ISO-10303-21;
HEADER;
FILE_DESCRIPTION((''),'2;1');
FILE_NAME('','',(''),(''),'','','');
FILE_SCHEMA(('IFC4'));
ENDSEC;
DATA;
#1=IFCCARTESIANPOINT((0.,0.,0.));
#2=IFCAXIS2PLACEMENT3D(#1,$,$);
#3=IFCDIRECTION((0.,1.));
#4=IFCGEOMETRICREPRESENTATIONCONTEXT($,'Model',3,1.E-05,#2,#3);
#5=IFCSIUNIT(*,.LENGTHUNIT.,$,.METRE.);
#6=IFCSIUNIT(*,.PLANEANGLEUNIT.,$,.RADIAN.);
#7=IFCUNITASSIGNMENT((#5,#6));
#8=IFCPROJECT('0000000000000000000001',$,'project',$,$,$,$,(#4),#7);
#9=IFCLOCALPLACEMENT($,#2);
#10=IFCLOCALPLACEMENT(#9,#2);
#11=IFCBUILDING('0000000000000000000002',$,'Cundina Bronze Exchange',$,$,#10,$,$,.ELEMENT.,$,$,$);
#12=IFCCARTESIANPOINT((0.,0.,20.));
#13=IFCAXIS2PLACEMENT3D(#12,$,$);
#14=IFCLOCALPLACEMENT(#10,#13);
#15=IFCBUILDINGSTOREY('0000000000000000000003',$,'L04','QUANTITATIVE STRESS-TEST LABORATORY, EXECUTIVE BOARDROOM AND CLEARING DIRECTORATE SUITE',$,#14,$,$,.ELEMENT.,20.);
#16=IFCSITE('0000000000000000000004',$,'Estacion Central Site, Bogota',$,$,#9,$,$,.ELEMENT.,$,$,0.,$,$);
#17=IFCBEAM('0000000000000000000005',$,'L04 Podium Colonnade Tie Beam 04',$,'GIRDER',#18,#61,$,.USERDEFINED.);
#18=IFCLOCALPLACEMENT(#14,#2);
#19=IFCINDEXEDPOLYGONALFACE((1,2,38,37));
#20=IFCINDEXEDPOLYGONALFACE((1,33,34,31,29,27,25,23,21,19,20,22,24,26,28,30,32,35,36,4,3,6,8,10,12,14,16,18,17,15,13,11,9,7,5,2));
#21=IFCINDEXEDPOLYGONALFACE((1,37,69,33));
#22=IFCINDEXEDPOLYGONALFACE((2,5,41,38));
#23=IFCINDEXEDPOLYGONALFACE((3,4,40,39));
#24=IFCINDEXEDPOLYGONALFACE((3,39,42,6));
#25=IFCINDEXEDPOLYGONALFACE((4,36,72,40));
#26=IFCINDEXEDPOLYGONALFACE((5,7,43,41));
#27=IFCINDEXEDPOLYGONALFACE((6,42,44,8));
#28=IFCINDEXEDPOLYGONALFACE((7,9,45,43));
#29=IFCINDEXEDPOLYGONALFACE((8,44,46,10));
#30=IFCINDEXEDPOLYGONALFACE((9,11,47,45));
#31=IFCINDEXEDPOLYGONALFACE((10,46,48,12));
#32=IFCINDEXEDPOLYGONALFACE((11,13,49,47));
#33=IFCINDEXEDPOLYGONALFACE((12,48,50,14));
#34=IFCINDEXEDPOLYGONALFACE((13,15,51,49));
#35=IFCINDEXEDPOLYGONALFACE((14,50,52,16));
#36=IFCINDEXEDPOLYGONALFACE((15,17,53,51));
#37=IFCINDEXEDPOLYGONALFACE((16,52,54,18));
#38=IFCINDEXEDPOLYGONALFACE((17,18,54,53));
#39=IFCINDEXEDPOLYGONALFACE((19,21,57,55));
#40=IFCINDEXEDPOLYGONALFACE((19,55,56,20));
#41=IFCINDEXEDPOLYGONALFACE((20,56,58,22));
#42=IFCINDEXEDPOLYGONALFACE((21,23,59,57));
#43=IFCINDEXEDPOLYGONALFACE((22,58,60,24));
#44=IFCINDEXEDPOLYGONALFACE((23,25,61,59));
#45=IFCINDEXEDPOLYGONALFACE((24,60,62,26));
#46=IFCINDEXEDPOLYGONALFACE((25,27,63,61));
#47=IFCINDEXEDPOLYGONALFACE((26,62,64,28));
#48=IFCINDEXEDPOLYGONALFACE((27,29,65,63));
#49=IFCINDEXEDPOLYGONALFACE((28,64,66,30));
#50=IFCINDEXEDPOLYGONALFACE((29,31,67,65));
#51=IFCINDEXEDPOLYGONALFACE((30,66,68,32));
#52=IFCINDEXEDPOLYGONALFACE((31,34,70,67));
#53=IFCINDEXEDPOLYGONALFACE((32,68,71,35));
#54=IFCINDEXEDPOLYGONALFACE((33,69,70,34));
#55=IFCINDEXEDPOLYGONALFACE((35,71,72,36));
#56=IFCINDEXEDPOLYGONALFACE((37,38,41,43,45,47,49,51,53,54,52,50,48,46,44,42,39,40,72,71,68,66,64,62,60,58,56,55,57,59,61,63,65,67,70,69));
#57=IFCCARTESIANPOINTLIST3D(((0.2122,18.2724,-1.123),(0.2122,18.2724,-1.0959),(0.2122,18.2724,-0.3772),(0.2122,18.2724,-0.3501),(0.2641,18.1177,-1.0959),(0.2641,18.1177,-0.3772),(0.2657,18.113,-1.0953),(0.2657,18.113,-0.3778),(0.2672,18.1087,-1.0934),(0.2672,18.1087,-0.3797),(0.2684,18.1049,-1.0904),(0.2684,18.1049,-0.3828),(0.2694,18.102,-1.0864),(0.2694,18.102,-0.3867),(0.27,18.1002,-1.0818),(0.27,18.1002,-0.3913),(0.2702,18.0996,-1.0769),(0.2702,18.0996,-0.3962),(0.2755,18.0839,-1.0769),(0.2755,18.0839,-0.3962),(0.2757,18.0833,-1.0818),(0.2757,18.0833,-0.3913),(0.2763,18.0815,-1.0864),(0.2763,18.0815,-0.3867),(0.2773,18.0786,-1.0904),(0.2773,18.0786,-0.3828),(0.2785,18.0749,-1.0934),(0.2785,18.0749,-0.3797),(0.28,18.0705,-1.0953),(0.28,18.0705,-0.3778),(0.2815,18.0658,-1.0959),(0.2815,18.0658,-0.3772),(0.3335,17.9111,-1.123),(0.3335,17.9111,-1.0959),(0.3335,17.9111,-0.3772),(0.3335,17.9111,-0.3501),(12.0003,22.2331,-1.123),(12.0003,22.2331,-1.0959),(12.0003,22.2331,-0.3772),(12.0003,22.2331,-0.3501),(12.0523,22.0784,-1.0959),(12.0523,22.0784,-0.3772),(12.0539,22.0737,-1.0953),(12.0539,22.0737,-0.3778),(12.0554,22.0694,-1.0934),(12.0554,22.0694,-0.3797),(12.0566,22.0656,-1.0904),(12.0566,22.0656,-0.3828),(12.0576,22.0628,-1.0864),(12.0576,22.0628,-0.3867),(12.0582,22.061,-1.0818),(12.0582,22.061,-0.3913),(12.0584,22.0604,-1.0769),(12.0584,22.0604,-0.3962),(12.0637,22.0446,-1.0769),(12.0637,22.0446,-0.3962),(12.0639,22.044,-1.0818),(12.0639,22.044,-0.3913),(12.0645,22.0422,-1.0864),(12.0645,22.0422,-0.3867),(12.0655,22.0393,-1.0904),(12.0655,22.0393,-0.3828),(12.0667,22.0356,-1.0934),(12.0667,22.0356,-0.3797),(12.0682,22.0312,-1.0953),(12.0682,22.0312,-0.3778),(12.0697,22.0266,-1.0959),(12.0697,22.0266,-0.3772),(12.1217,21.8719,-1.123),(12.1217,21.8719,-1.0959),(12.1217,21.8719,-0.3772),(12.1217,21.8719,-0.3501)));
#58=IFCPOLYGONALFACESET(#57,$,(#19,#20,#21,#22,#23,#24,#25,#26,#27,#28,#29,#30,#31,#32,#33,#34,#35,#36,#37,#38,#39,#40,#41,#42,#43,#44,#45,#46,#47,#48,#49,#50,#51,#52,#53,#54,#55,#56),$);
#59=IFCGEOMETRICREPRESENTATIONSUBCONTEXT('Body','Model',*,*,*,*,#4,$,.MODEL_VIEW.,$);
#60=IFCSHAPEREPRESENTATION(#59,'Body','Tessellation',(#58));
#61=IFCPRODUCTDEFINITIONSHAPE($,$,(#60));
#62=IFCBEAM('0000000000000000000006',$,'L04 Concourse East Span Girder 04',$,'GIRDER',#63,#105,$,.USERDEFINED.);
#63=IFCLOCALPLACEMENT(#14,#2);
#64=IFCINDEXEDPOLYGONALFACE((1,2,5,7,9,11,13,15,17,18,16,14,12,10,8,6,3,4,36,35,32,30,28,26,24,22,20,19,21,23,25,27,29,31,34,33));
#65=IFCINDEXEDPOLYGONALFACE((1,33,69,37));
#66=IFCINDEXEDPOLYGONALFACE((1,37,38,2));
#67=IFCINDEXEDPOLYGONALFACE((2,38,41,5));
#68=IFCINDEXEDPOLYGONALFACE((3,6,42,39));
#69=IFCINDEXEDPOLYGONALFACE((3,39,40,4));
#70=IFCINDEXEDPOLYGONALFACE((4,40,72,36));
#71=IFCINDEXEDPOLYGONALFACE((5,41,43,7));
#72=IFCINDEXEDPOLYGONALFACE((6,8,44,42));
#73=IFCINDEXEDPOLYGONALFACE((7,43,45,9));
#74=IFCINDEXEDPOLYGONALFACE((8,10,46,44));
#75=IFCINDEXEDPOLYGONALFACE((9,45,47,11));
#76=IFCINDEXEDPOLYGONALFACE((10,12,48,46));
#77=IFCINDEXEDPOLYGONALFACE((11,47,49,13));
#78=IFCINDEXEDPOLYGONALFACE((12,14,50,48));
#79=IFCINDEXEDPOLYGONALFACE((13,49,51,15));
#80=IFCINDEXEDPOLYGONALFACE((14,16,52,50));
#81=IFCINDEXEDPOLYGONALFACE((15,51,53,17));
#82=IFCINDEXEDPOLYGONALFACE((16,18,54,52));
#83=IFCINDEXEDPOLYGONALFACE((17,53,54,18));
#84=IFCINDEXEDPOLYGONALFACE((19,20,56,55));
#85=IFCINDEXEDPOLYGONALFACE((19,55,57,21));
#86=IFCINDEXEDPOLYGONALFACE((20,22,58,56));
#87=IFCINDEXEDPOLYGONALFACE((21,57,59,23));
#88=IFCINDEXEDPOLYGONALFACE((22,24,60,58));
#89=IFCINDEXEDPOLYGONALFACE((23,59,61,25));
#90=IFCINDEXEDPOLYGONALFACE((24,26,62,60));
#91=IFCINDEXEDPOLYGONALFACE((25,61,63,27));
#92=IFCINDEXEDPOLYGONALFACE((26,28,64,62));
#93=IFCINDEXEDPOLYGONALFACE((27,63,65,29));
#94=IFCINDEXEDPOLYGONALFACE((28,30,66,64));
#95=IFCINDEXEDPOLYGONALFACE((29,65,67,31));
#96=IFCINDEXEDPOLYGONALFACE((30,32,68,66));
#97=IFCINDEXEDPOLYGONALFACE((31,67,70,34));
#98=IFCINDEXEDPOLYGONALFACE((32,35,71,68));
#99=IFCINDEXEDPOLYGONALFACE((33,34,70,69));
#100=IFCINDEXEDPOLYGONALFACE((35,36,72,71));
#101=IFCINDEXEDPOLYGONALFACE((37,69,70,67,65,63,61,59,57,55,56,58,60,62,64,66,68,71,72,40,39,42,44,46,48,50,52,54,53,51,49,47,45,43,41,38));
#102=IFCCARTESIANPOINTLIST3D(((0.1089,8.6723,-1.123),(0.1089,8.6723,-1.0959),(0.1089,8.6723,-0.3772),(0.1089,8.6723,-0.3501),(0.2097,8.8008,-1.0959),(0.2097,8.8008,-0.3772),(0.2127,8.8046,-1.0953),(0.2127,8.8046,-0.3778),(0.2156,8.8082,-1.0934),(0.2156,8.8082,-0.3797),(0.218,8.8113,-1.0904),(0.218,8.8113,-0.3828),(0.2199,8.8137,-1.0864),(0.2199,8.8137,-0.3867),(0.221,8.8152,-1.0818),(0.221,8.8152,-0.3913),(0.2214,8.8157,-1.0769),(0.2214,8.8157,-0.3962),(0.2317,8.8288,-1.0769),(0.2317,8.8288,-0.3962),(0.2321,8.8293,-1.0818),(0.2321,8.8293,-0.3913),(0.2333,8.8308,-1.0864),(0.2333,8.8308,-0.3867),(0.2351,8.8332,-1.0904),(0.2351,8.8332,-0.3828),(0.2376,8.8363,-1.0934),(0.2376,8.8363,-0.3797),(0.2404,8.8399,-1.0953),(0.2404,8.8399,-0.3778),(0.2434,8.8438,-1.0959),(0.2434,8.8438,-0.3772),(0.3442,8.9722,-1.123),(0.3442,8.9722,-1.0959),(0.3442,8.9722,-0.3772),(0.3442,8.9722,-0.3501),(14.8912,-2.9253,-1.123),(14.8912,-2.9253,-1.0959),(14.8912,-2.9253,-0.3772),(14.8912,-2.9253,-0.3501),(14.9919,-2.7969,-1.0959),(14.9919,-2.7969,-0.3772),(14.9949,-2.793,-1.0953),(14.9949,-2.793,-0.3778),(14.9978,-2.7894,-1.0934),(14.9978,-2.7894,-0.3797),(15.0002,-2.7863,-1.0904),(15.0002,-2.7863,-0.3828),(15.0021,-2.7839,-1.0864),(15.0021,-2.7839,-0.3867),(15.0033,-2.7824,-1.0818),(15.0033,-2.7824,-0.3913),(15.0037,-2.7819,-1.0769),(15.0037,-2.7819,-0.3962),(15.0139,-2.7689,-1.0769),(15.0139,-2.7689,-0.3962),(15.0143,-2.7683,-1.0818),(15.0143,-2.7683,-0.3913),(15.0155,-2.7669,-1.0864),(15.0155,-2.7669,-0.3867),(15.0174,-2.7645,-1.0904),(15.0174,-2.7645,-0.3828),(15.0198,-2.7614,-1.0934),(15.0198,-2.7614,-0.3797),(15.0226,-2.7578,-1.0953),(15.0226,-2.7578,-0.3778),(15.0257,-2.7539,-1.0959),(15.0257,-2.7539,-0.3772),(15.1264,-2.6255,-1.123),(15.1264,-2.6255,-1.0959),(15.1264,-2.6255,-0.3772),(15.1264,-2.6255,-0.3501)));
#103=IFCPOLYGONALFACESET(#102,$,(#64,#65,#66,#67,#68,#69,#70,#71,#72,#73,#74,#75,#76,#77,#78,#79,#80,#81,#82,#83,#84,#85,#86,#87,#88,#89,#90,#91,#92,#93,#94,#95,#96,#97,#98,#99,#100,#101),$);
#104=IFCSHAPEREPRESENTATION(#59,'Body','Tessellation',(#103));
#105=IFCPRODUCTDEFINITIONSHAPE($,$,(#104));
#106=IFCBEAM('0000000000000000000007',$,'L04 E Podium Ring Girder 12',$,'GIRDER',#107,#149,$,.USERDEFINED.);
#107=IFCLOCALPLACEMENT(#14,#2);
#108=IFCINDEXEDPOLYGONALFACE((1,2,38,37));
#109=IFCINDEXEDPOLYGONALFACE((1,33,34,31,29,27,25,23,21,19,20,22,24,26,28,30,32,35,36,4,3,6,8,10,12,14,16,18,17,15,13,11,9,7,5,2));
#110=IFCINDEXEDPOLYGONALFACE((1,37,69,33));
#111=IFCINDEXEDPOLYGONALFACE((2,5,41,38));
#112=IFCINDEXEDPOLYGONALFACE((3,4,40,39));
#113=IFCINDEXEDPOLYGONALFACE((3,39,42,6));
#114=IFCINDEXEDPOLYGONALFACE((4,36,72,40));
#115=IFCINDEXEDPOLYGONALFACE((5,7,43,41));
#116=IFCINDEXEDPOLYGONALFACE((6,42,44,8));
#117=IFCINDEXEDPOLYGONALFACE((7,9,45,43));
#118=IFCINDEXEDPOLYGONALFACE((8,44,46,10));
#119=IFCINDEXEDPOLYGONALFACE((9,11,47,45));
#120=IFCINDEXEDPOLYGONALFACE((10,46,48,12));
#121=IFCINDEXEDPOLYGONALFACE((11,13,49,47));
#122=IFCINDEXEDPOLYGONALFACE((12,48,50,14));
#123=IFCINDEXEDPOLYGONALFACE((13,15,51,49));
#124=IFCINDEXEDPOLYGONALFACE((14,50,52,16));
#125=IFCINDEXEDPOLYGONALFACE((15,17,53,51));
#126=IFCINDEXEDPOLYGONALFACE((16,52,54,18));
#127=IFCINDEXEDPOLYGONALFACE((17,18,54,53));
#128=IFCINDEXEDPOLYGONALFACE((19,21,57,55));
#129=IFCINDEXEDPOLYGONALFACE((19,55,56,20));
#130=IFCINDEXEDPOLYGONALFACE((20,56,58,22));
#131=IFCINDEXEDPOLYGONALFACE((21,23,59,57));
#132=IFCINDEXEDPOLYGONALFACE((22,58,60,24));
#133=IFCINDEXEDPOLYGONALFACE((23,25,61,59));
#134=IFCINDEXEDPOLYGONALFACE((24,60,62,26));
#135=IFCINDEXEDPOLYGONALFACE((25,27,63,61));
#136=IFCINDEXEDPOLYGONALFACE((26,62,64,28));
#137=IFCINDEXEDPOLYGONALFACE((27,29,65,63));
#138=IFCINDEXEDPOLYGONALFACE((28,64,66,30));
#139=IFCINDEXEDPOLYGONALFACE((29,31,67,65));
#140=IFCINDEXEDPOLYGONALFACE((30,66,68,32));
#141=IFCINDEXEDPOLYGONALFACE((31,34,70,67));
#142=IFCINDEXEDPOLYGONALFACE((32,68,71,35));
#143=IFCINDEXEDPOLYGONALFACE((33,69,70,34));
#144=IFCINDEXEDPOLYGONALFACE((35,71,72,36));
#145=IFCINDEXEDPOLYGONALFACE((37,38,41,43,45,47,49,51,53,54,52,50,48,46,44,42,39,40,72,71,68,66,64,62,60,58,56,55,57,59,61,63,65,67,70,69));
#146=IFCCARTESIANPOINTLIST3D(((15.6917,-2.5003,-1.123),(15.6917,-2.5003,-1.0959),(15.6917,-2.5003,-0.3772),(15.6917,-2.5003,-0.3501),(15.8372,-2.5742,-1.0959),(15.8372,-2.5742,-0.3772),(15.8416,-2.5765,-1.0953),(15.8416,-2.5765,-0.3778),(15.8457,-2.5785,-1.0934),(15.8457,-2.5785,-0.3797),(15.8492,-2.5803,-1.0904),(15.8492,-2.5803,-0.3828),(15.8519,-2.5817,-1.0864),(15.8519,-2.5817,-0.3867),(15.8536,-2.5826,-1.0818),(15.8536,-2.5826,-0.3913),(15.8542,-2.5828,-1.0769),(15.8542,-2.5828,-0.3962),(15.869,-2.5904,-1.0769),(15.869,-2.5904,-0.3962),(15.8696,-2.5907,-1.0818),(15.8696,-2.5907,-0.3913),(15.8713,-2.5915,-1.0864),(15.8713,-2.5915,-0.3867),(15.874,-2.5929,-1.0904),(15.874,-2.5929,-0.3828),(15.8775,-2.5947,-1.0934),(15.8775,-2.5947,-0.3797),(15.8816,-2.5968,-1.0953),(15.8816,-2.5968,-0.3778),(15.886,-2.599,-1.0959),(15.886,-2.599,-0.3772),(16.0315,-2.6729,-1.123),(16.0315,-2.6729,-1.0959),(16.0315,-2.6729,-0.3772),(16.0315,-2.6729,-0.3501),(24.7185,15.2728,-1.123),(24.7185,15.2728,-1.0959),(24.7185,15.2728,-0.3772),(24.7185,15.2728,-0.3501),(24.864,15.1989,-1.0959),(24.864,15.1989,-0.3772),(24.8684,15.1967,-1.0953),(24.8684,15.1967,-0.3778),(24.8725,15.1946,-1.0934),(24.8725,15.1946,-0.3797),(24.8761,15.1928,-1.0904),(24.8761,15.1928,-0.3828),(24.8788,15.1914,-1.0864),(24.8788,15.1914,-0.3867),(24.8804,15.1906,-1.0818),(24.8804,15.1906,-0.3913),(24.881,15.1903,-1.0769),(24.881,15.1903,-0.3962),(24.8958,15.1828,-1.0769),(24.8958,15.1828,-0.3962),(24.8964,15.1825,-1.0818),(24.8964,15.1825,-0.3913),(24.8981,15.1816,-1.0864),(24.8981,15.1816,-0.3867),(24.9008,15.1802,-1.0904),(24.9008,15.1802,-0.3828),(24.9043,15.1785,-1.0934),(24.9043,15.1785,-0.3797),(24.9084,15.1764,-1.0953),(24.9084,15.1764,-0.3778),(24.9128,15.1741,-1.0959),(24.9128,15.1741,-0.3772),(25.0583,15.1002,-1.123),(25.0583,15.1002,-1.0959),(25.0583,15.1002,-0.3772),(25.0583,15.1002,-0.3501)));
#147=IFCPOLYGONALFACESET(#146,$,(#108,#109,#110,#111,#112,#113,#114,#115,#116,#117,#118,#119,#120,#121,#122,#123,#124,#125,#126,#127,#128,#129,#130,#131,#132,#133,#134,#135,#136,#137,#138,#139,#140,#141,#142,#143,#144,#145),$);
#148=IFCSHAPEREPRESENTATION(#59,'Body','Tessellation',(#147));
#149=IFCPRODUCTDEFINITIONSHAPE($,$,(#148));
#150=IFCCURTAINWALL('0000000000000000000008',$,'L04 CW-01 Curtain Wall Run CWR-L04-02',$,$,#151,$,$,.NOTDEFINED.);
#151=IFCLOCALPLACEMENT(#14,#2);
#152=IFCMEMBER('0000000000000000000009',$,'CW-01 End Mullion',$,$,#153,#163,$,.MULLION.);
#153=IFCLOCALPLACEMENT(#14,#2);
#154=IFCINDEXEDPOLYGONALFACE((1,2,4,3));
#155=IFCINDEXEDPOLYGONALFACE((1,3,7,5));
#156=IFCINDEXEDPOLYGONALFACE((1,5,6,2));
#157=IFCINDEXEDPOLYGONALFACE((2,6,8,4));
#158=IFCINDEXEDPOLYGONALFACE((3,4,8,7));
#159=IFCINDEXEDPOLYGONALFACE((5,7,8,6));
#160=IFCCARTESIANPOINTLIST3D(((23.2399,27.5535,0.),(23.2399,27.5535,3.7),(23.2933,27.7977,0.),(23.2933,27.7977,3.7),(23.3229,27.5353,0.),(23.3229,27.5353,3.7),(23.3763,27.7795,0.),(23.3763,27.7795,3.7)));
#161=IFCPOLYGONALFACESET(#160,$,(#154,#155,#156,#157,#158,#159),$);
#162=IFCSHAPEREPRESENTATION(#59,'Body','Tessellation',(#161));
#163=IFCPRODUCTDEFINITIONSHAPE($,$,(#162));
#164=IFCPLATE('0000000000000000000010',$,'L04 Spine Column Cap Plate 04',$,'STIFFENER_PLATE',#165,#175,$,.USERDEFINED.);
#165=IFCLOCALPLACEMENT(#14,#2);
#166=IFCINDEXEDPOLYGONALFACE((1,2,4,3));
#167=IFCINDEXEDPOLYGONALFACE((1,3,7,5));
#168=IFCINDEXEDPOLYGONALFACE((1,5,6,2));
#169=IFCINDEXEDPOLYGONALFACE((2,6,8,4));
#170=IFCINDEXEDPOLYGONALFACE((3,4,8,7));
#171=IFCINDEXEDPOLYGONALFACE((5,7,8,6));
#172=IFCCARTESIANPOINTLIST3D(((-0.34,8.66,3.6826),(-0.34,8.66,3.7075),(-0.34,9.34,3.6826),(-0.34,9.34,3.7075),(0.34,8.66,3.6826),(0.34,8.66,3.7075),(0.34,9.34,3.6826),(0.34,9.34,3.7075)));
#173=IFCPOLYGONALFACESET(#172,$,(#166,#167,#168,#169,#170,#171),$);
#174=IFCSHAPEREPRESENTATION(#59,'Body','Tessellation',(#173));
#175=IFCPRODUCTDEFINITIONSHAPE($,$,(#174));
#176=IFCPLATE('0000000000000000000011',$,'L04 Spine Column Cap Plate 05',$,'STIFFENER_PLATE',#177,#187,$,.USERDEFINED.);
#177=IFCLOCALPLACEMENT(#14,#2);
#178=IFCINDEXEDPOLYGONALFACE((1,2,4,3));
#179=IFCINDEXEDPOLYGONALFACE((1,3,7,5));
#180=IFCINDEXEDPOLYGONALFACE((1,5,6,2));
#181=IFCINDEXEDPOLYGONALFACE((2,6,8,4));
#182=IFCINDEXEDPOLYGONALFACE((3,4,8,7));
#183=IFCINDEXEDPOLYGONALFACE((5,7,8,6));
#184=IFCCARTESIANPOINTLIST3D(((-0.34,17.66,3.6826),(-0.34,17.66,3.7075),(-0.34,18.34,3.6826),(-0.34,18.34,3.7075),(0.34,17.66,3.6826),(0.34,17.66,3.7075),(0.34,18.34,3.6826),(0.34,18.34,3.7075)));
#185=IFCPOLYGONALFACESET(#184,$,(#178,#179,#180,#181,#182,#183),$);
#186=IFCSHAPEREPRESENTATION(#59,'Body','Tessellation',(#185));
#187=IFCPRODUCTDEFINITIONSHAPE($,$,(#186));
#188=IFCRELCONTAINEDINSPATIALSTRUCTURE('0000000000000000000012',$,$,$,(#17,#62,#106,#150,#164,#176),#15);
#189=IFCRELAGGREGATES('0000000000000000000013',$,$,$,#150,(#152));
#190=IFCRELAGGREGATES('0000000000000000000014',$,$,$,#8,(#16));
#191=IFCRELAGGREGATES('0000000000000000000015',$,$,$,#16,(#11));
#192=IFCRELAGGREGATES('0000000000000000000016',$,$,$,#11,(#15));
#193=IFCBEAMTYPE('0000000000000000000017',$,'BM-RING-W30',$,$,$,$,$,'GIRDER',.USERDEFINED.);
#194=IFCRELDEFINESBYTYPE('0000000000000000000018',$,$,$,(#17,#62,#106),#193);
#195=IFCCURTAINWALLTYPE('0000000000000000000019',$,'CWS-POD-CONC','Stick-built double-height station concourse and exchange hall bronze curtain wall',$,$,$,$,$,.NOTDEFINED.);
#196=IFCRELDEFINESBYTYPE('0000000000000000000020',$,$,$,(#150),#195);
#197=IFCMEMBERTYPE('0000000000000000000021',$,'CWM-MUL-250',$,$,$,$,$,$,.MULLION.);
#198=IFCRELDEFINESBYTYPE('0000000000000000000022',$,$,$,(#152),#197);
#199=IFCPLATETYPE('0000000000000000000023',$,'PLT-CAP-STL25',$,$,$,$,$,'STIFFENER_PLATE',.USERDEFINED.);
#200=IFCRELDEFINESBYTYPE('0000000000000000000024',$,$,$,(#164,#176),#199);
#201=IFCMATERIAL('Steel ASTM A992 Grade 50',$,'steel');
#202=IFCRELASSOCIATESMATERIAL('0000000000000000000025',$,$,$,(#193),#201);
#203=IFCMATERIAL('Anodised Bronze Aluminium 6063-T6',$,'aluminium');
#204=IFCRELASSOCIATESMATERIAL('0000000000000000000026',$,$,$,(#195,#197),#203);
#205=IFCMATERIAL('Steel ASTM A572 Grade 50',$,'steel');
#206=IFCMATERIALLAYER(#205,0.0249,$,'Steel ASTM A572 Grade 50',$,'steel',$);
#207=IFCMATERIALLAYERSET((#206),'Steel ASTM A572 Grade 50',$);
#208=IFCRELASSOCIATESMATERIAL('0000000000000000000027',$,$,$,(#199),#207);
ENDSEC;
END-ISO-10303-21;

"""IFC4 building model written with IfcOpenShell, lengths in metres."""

from ifc_helpers import new_model, si_unit, direction, frame, origin, origin_2d, place, context, subcontext, project, spatial, rectangle, i_section, extrude, material, layer, layer_set, material_profile, profile_set, type_object, element, aggregate, save


model = new_model("IFC4")

# Units and contexts
model_context = context("Model", 3, precision=1e-05, world=origin(), true_north=direction((0.0, 1.0)))
body_context = subcontext(model_context, "Body", "Model", "MODEL_VIEW")
ifc_project = project(units=[si_unit("LENGTHUNIT", "METRE"), si_unit("PLANEANGLEUNIT", "RADIAN")], contexts=[model_context])

# Site, building, storey
site_placement = place(None, origin())
site = spatial("IfcSite", under=ifc_project, at=site_placement, Name="Estacion Central Site, Bogota", CompositionType="ELEMENT", RefElevation=0.0)
building_placement = place(site_placement, origin())
building = spatial("IfcBuilding", under=site, at=building_placement, Name="Cundina Bronze Exchange", CompositionType="ELEMENT")
storey_placement = place(building_placement, frame((0.0, 0.0, 20.0)))
storey = spatial("IfcBuildingStorey", under=building, at=storey_placement, Name="L04", Description="QUANTITATIVE STRESS-TEST LABORATORY, EXECUTIVE BOARDROOM AND CLEARING DIRECTORATE SUITE", CompositionType="ELEMENT", Elevation=20.0)

# Beams
ifc_material_1 = material(Name="Steel ASTM A992 Grade 50", Category="steel")
ifc_material_profile_1 = material_profile(ifc_material_1, i_section(OverallWidth=0.3811, OverallDepth=0.7729, WebThickness=0.0166, FlangeThickness=0.0271, FilletRadius=0.019, at=origin_2d()), Name="W30X173", Category="steel")
ifc_profile_set_1 = profile_set([ifc_material_profile_1], Name="Steel ASTM A992 Grade 50")
beam_type_1 = type_object("IfcBeamType", Name="BM-RING-W30", ElementType="GIRDER", PredefinedType="USERDEFINED", material=ifc_profile_set_1)
beam_1_placement = place(storey_placement, frame((12.061, 22.0525, -0.7366), z_axis=(-0.947925, -0.318494, 0.0), x_axis=(0.318494, -0.947925, 0.0)))
element("IfcBeam", 1, at=beam_1_placement, inside=storey, type_object=beam_type_1, Name="L04 Podium Colonnade Tie Beam 04", ObjectType="GIRDER", PredefinedType="USERDEFINED", context=body_context, shape_type="SweptSolid", body=[
    extrude(i_section(OverallWidth=0.3811, OverallDepth=0.7729, WebThickness=0.0166, FlangeThickness=0.0271, FilletRadius=0.019, at=origin_2d()), origin(), (0.0, 0.0, 1.0), 12.4358),
])
beam_2_placement = place(storey_placement, frame((0.2266, 8.8223, -0.7366), z_axis=(0.786756, -0.617264, 0.0), x_axis=(0.617264, 0.786756, 0.0)))
element("IfcBeam", 2, at=beam_2_placement, inside=storey, type_object=beam_type_1, Name="L04 Concourse East Span Girder 04", ObjectType="GIRDER", PredefinedType="USERDEFINED", context=body_context, shape_type="SweptSolid", body=[
    extrude(i_section(OverallWidth=0.3811, OverallDepth=0.7729, WebThickness=0.0166, FlangeThickness=0.0271, FilletRadius=0.019, at=origin_2d()), origin(), (0.0, 0.0, 1.0), 18.7888),
])
beam_3_placement = place(storey_placement, frame((24.8884, 15.1865, -0.7366), z_axis=(-0.452834, -0.891595, 0.0), x_axis=(0.891595, -0.452834, 0.0)))
element("IfcBeam", 3, at=beam_3_placement, inside=storey, type_object=beam_type_1, Name="L04 E Podium Ring Girder 12", ObjectType="GIRDER", PredefinedType="USERDEFINED", context=body_context, shape_type="SweptSolid", body=[
    extrude(i_section(OverallWidth=0.3811, OverallDepth=0.7729, WebThickness=0.0166, FlangeThickness=0.0271, FilletRadius=0.019, at=origin_2d()), origin(), (0.0, 0.0, 1.0), 19.9341),
])

# Curtain wall, member
ifc_material_2 = material(Name="Anodised Bronze Aluminium 6063-T6", Category="aluminium")
curtain_wall_type = type_object("IfcCurtainWallType", Name="CWS-POD-CONC", Description="Stick-built double-height station concourse and exchange hall bronze curtain wall", PredefinedType="NOTDEFINED", material=ifc_material_2)
curtain_wall_placement = place(storey_placement, origin())
curtain_wall = element("IfcCurtainWall", 4, at=curtain_wall_placement, inside=storey, type_object=curtain_wall_type, Name="L04 CW-01 Curtain Wall Run CWR-L04-02", PredefinedType="NOTDEFINED")
ifc_material_profile_2 = material_profile(ifc_material_2, rectangle(XDim=0.085, YDim=0.25, at=origin_2d()), Name="AL85X250", Category="aluminium")
ifc_profile_set_2 = profile_set([ifc_material_profile_2], Name="Anodised Bronze Aluminium 6063-T6")
member_type = type_object("IfcMemberType", Name="CWM-MUL-250", PredefinedType="MULLION", material=ifc_profile_set_2)
member_placement = place(storey_placement, frame((23.3081, 27.6665, 0.0), z_axis=(0.0, 0.0, 1.0), x_axis=(-0.976897, 0.213712, 0.0)))
member = element("IfcMember", 5, at=member_placement, type_object=member_type, Name="CW-01 End Mullion", PredefinedType="MULLION", context=body_context, shape_type="SweptSolid", body=[
    extrude(rectangle(XDim=0.085, YDim=0.25, at=origin_2d()), origin(), (0.0, 0.0, 1.0), 3.7),
])

# Plates
ifc_material_3 = material(Name="Steel ASTM A572 Grade 50", Category="steel")
ifc_layer_1 = layer(ifc_material_3, 0.0249, Name="Steel ASTM A572 Grade 50", Category="steel")
ifc_layer_set_1 = layer_set([ifc_layer_1], Name="Steel ASTM A572 Grade 50")
plate_type_1 = type_object("IfcPlateType", Name="PLT-CAP-STL25", ElementType="STIFFENER_PLATE", PredefinedType="USERDEFINED", material=ifc_layer_set_1)
for number, where, z_axis, x_axis, name in (
    (6, (0.0, 9.0, 3.6826), (0.0, 0.0, 1.0), (1.0, 0.0, 0.0), "L04 Spine Column Cap Plate 04"),
    (7, (0.0, 18.0, 3.6826), (0.0, 0.0, 1.0), (1.0, 0.0, 0.0), "L04 Spine Column Cap Plate 05"),
):
    element("IfcPlate", number, at=place(storey_placement, frame(where, z_axis=z_axis, x_axis=x_axis)), inside=storey, type_object=plate_type_1, Name=name, ObjectType="STIFFENER_PLATE", PredefinedType="USERDEFINED", context=body_context, shape_type="SweptSolid", body=[
        extrude(rectangle(XDim=0.6799, YDim=0.6799, at=origin_2d()), origin(), (0.0, 0.0, 1.0), 0.0249),
    ])

aggregate(curtain_wall, [member])

save(model, "model.ifc")
